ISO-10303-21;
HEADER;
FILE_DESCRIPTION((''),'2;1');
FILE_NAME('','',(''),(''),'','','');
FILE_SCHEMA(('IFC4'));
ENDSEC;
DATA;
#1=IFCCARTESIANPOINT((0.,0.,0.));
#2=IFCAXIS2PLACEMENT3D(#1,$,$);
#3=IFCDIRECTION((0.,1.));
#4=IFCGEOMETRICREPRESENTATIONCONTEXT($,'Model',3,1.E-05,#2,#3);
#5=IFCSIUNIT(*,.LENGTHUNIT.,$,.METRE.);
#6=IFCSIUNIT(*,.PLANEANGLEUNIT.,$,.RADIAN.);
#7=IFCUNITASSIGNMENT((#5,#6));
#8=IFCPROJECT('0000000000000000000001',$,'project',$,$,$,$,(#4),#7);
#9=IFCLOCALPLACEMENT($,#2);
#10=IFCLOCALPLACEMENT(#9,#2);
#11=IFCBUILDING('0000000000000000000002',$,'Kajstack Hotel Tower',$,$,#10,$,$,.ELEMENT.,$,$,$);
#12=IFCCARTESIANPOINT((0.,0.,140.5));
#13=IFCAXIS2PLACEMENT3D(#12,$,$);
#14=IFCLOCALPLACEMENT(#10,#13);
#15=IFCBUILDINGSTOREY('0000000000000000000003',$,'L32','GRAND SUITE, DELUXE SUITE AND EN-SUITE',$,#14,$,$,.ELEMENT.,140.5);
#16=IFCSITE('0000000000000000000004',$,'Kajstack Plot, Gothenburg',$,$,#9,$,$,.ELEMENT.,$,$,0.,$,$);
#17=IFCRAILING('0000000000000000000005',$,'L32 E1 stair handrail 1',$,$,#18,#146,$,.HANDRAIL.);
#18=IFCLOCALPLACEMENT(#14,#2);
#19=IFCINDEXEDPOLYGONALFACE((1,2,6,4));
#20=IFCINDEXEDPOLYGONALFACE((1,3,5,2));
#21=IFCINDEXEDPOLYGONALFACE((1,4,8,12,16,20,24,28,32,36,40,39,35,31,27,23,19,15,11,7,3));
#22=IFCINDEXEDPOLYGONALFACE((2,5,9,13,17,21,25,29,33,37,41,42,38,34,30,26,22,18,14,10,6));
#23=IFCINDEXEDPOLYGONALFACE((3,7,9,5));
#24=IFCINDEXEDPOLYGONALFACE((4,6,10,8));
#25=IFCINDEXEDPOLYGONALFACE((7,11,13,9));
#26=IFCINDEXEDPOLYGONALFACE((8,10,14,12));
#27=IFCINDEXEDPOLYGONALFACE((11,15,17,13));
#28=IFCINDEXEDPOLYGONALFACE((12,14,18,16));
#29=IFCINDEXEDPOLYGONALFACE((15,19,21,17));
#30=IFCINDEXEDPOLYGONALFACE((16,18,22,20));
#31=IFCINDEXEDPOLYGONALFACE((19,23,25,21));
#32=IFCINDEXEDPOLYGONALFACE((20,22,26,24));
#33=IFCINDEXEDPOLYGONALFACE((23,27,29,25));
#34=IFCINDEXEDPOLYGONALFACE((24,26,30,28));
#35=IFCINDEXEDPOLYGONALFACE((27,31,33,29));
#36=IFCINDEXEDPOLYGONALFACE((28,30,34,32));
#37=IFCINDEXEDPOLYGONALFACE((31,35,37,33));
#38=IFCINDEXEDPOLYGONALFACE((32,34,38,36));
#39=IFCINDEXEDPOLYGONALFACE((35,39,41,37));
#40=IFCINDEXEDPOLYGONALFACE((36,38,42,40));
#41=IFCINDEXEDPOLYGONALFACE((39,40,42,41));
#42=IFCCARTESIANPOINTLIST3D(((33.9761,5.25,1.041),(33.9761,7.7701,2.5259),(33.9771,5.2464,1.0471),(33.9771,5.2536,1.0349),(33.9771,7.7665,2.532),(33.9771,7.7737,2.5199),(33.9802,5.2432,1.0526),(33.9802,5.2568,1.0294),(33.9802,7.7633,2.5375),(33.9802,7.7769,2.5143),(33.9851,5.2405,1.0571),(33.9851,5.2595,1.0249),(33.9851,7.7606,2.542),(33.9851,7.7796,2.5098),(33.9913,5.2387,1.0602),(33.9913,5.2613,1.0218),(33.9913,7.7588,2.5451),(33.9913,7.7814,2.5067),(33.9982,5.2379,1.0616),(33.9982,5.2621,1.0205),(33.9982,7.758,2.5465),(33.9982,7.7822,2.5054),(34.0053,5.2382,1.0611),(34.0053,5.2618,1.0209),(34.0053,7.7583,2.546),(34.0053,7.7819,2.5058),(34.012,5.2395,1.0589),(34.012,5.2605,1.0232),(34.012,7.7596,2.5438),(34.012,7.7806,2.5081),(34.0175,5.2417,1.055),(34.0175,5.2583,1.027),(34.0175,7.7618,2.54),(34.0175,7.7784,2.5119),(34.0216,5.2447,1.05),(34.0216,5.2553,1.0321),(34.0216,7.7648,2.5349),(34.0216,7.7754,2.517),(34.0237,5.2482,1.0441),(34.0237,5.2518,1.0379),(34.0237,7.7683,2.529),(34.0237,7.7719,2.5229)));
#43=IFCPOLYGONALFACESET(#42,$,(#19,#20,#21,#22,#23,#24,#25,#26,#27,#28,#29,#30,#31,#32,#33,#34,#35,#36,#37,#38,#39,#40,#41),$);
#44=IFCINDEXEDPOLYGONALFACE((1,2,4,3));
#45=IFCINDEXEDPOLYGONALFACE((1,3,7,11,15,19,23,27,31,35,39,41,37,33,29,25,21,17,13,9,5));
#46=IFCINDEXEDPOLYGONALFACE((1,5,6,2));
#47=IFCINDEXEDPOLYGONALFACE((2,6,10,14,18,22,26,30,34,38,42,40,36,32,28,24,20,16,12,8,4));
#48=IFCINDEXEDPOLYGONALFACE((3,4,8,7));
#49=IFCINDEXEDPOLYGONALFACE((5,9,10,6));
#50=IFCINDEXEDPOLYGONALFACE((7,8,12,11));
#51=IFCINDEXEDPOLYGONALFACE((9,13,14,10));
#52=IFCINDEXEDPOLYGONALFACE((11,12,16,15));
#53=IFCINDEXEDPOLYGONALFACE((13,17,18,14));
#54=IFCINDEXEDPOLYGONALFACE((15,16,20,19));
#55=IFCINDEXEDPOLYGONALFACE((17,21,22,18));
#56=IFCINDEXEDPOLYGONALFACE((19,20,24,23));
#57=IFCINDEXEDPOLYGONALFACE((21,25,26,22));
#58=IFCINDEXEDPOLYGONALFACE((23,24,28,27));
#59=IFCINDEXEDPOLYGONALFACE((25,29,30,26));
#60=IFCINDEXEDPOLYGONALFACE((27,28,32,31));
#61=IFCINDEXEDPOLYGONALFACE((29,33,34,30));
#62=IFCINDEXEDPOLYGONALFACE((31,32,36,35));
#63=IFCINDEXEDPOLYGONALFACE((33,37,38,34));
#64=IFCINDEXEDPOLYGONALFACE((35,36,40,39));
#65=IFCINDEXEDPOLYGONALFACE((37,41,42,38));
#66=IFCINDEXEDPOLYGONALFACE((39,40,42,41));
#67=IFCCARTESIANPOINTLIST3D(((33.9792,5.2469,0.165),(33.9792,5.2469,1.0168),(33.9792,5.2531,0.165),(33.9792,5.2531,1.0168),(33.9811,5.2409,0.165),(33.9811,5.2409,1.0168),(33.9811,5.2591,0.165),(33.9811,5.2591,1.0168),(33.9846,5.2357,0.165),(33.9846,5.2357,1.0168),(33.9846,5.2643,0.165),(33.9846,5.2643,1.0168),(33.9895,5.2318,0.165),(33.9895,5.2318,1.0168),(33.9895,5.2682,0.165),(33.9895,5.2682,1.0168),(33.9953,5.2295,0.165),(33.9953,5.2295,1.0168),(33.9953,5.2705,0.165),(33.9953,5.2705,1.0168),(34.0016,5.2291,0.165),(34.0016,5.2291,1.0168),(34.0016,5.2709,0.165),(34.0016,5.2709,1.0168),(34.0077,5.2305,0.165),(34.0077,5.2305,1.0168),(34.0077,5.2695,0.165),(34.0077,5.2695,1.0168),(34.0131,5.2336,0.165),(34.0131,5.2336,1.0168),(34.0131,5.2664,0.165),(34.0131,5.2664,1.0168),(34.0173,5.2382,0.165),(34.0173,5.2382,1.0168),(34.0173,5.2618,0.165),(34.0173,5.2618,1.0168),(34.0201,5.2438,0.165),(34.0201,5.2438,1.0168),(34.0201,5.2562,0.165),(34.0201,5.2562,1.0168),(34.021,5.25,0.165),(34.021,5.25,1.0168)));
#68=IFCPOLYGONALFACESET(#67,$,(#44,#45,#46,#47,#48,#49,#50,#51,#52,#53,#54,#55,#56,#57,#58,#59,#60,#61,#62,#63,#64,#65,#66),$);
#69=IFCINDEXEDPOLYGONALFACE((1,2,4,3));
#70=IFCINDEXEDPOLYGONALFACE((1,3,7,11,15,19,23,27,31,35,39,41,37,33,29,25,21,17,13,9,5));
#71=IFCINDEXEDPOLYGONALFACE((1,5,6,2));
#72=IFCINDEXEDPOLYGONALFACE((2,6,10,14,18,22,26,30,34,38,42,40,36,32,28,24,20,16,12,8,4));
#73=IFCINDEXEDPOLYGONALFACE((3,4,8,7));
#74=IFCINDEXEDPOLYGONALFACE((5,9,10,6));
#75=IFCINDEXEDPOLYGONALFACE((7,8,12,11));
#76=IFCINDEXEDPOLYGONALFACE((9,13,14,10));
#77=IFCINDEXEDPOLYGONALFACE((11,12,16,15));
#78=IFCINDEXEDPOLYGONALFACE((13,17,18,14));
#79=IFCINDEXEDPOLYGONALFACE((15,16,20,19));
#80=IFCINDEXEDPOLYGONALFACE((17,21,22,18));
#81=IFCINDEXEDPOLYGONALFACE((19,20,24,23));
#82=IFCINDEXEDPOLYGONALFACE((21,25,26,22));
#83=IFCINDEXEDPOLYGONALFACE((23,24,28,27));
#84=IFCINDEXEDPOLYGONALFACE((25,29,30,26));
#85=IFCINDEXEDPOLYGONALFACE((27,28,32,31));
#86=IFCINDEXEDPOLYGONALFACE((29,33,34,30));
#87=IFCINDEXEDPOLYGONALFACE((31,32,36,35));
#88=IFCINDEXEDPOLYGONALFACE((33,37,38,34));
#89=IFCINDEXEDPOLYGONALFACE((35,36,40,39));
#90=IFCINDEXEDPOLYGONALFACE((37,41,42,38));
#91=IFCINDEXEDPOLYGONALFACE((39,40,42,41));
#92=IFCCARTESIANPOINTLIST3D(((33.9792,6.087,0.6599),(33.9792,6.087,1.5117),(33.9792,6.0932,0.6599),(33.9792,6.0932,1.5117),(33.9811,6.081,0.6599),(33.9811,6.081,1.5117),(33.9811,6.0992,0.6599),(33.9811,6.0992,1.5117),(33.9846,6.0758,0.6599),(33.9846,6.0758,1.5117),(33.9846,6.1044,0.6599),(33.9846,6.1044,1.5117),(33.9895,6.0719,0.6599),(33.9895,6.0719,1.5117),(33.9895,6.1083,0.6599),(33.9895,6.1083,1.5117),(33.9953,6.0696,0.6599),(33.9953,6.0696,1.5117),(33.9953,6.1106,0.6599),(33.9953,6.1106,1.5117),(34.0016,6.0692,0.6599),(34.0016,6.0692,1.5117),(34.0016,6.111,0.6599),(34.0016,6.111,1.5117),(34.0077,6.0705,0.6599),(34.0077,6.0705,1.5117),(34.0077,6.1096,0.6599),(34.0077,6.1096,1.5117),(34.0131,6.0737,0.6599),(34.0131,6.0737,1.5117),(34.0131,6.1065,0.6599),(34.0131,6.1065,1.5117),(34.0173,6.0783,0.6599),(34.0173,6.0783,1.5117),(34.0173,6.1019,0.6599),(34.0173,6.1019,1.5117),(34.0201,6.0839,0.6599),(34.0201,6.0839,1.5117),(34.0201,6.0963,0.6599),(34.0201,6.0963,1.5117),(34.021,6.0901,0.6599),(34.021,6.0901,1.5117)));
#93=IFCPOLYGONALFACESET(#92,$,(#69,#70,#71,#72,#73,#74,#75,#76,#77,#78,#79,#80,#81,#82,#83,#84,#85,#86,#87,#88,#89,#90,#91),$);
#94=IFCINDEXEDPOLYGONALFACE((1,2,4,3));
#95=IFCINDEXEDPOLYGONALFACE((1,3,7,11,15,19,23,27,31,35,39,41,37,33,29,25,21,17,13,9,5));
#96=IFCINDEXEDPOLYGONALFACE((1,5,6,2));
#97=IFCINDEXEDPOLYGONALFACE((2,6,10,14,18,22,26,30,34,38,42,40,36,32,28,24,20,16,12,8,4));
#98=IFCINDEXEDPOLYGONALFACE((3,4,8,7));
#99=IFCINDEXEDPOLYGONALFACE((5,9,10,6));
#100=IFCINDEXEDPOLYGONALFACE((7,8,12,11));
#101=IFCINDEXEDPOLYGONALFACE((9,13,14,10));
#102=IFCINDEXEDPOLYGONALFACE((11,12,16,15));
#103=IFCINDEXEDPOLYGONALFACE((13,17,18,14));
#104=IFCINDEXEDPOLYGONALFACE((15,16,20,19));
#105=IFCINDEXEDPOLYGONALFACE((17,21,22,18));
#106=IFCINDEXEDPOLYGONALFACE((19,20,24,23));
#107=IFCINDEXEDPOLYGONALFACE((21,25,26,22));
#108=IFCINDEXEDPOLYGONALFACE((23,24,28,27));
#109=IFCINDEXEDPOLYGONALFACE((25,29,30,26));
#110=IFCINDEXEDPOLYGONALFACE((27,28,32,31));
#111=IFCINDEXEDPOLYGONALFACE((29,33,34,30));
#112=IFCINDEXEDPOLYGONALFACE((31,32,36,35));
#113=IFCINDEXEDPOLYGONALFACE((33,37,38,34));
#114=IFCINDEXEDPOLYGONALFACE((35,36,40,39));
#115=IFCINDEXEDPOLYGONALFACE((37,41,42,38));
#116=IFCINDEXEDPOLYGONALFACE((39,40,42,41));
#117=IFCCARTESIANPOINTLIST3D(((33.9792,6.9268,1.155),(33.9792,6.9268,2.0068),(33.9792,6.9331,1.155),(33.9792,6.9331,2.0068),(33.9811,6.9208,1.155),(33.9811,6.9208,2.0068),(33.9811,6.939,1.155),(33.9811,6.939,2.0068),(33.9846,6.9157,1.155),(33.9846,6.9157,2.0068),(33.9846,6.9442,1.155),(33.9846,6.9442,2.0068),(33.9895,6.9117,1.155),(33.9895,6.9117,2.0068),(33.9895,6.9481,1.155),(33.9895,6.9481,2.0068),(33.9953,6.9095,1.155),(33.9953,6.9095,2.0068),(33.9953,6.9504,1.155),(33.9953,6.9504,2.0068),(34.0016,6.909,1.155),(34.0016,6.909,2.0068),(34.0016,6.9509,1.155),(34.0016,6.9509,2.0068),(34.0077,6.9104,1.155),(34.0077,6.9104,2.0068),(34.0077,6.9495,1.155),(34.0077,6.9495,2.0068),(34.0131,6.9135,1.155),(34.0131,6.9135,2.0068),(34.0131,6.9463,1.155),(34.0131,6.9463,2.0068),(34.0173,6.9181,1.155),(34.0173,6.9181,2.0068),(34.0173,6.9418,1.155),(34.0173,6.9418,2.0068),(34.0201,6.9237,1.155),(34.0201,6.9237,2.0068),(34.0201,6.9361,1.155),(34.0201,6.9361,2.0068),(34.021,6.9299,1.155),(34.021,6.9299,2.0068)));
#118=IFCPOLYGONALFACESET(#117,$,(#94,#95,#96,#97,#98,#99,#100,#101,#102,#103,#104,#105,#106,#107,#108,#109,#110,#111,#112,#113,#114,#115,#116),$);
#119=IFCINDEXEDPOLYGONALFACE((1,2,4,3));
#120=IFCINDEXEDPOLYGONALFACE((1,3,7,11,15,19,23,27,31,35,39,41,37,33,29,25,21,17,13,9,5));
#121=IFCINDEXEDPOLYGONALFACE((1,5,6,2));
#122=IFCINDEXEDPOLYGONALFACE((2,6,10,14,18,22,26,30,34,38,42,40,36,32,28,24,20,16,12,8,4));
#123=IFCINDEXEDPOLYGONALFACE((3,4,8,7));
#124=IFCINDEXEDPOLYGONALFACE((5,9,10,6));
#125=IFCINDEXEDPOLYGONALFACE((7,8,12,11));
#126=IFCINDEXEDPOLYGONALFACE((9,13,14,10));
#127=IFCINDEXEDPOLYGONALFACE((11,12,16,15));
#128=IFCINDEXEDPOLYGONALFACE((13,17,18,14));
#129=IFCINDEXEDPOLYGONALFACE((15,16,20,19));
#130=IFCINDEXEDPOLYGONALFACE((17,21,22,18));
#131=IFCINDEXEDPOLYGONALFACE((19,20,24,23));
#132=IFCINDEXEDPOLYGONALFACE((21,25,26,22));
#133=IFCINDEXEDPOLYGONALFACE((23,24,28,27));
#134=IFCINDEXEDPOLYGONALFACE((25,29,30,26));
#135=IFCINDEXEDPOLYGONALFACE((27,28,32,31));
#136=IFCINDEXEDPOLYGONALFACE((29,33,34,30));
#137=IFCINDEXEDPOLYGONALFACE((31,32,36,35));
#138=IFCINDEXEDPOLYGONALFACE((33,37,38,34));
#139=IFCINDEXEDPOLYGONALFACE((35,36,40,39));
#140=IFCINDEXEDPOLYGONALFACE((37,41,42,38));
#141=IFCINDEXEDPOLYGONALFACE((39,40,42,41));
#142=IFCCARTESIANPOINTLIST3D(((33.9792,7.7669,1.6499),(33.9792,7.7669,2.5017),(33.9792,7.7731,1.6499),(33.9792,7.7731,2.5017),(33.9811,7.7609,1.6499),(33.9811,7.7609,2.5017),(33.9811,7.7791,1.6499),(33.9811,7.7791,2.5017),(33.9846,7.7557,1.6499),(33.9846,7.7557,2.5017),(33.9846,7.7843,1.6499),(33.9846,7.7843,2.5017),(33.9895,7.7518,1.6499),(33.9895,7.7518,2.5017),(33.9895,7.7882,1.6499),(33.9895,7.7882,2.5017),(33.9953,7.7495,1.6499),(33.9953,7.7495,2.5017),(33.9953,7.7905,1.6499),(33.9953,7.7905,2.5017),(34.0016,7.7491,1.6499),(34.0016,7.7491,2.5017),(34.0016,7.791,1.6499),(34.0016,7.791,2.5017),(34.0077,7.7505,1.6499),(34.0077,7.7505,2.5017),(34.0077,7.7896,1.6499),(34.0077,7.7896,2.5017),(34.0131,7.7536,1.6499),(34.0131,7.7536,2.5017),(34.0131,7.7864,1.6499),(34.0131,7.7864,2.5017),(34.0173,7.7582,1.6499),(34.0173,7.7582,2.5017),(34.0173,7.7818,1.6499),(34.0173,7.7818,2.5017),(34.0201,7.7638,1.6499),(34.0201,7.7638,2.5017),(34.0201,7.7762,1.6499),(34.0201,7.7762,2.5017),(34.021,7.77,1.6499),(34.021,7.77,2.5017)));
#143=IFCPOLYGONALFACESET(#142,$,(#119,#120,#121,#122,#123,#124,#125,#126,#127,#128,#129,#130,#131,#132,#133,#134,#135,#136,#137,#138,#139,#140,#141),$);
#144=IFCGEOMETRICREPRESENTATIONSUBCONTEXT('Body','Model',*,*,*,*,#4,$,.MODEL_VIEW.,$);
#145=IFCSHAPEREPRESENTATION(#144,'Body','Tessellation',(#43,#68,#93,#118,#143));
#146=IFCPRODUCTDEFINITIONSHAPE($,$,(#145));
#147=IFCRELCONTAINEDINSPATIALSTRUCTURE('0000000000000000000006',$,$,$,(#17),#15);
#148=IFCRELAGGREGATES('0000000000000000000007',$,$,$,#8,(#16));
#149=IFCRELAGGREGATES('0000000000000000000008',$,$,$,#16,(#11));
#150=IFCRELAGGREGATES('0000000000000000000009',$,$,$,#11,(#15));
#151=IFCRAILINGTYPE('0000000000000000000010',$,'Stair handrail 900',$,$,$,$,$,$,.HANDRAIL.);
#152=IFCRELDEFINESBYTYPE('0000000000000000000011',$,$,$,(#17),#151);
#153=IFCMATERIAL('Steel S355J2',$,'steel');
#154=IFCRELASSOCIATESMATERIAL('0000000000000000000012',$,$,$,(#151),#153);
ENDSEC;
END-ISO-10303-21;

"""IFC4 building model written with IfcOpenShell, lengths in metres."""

from ifc_helpers import new_model, si_unit, direction, frame, origin, origin_2d, place, context, subcontext, project, spatial, circle, extrude, material, type_object, element, save


model = new_model("IFC4")

# Units and contexts
model_context = context("Model", 3, precision=1e-05, world=origin(), true_north=direction((0.0, 1.0)))
body_context = subcontext(model_context, "Body", "Model", "MODEL_VIEW")
ifc_project = project(units=[si_unit("LENGTHUNIT", "METRE"), si_unit("PLANEANGLEUNIT", "RADIAN")], contexts=[model_context])

# Site, building, storey
site_placement = place(None, origin())
site = spatial("IfcSite", under=ifc_project, at=site_placement, Name="Kajstack Plot, Gothenburg", CompositionType="ELEMENT", RefElevation=0.0)
building_placement = place(site_placement, origin())
building = spatial("IfcBuilding", under=site, at=building_placement, Name="Kajstack Hotel Tower", CompositionType="ELEMENT")
storey_placement = place(building_placement, frame((0.0, 0.0, 140.5)))
storey = spatial("IfcBuildingStorey", under=building, at=storey_placement, Name="L32", Description="GRAND SUITE, DELUXE SUITE AND EN-SUITE", CompositionType="ELEMENT", Elevation=140.5)

# Railing
ifc_material_1 = material(Name="Steel S355J2", Category="steel")
railing_type_1 = type_object("IfcRailingType", Name="Stair handrail 900", PredefinedType="HANDRAIL", material=ifc_material_1)
railing_1_placement = place(storey_placement, frame((34.0, 5.25, 0.165)))
element("IfcRailing", 1, at=railing_1_placement, inside=storey, type_object=railing_type_1, Name="L32 E1 stair handrail 1", PredefinedType="HANDRAIL", context=body_context, shape_type="SweptSolid", body=[
    extrude(circle(Radius=0.0239, at=origin_2d()), frame((0.0, 0.0, 0.876), z_axis=(0.0, 0.861561, 0.507655), x_axis=(-1.0, 0.0, 0.0)), (0.0, 0.0, 1.0), 2.925),
    extrude(circle(Radius=0.021, at=origin_2d()), origin(), (0.0, 0.0, 1.0), 0.8518),
    extrude(circle(Radius=0.021, at=origin_2d()), frame((0.0, 0.8401, 0.4949)), (0.0, 0.0, 1.0), 0.8518),
    extrude(circle(Radius=0.021, at=origin_2d()), frame((0.0, 1.6799, 0.99)), (0.0, 0.0, 1.0), 0.8518),
    extrude(circle(Radius=0.021, at=origin_2d()), frame((0.0, 2.52, 1.4849)), (0.0, 0.0, 1.0), 0.8518),
])

save(model, "model.ifc")
